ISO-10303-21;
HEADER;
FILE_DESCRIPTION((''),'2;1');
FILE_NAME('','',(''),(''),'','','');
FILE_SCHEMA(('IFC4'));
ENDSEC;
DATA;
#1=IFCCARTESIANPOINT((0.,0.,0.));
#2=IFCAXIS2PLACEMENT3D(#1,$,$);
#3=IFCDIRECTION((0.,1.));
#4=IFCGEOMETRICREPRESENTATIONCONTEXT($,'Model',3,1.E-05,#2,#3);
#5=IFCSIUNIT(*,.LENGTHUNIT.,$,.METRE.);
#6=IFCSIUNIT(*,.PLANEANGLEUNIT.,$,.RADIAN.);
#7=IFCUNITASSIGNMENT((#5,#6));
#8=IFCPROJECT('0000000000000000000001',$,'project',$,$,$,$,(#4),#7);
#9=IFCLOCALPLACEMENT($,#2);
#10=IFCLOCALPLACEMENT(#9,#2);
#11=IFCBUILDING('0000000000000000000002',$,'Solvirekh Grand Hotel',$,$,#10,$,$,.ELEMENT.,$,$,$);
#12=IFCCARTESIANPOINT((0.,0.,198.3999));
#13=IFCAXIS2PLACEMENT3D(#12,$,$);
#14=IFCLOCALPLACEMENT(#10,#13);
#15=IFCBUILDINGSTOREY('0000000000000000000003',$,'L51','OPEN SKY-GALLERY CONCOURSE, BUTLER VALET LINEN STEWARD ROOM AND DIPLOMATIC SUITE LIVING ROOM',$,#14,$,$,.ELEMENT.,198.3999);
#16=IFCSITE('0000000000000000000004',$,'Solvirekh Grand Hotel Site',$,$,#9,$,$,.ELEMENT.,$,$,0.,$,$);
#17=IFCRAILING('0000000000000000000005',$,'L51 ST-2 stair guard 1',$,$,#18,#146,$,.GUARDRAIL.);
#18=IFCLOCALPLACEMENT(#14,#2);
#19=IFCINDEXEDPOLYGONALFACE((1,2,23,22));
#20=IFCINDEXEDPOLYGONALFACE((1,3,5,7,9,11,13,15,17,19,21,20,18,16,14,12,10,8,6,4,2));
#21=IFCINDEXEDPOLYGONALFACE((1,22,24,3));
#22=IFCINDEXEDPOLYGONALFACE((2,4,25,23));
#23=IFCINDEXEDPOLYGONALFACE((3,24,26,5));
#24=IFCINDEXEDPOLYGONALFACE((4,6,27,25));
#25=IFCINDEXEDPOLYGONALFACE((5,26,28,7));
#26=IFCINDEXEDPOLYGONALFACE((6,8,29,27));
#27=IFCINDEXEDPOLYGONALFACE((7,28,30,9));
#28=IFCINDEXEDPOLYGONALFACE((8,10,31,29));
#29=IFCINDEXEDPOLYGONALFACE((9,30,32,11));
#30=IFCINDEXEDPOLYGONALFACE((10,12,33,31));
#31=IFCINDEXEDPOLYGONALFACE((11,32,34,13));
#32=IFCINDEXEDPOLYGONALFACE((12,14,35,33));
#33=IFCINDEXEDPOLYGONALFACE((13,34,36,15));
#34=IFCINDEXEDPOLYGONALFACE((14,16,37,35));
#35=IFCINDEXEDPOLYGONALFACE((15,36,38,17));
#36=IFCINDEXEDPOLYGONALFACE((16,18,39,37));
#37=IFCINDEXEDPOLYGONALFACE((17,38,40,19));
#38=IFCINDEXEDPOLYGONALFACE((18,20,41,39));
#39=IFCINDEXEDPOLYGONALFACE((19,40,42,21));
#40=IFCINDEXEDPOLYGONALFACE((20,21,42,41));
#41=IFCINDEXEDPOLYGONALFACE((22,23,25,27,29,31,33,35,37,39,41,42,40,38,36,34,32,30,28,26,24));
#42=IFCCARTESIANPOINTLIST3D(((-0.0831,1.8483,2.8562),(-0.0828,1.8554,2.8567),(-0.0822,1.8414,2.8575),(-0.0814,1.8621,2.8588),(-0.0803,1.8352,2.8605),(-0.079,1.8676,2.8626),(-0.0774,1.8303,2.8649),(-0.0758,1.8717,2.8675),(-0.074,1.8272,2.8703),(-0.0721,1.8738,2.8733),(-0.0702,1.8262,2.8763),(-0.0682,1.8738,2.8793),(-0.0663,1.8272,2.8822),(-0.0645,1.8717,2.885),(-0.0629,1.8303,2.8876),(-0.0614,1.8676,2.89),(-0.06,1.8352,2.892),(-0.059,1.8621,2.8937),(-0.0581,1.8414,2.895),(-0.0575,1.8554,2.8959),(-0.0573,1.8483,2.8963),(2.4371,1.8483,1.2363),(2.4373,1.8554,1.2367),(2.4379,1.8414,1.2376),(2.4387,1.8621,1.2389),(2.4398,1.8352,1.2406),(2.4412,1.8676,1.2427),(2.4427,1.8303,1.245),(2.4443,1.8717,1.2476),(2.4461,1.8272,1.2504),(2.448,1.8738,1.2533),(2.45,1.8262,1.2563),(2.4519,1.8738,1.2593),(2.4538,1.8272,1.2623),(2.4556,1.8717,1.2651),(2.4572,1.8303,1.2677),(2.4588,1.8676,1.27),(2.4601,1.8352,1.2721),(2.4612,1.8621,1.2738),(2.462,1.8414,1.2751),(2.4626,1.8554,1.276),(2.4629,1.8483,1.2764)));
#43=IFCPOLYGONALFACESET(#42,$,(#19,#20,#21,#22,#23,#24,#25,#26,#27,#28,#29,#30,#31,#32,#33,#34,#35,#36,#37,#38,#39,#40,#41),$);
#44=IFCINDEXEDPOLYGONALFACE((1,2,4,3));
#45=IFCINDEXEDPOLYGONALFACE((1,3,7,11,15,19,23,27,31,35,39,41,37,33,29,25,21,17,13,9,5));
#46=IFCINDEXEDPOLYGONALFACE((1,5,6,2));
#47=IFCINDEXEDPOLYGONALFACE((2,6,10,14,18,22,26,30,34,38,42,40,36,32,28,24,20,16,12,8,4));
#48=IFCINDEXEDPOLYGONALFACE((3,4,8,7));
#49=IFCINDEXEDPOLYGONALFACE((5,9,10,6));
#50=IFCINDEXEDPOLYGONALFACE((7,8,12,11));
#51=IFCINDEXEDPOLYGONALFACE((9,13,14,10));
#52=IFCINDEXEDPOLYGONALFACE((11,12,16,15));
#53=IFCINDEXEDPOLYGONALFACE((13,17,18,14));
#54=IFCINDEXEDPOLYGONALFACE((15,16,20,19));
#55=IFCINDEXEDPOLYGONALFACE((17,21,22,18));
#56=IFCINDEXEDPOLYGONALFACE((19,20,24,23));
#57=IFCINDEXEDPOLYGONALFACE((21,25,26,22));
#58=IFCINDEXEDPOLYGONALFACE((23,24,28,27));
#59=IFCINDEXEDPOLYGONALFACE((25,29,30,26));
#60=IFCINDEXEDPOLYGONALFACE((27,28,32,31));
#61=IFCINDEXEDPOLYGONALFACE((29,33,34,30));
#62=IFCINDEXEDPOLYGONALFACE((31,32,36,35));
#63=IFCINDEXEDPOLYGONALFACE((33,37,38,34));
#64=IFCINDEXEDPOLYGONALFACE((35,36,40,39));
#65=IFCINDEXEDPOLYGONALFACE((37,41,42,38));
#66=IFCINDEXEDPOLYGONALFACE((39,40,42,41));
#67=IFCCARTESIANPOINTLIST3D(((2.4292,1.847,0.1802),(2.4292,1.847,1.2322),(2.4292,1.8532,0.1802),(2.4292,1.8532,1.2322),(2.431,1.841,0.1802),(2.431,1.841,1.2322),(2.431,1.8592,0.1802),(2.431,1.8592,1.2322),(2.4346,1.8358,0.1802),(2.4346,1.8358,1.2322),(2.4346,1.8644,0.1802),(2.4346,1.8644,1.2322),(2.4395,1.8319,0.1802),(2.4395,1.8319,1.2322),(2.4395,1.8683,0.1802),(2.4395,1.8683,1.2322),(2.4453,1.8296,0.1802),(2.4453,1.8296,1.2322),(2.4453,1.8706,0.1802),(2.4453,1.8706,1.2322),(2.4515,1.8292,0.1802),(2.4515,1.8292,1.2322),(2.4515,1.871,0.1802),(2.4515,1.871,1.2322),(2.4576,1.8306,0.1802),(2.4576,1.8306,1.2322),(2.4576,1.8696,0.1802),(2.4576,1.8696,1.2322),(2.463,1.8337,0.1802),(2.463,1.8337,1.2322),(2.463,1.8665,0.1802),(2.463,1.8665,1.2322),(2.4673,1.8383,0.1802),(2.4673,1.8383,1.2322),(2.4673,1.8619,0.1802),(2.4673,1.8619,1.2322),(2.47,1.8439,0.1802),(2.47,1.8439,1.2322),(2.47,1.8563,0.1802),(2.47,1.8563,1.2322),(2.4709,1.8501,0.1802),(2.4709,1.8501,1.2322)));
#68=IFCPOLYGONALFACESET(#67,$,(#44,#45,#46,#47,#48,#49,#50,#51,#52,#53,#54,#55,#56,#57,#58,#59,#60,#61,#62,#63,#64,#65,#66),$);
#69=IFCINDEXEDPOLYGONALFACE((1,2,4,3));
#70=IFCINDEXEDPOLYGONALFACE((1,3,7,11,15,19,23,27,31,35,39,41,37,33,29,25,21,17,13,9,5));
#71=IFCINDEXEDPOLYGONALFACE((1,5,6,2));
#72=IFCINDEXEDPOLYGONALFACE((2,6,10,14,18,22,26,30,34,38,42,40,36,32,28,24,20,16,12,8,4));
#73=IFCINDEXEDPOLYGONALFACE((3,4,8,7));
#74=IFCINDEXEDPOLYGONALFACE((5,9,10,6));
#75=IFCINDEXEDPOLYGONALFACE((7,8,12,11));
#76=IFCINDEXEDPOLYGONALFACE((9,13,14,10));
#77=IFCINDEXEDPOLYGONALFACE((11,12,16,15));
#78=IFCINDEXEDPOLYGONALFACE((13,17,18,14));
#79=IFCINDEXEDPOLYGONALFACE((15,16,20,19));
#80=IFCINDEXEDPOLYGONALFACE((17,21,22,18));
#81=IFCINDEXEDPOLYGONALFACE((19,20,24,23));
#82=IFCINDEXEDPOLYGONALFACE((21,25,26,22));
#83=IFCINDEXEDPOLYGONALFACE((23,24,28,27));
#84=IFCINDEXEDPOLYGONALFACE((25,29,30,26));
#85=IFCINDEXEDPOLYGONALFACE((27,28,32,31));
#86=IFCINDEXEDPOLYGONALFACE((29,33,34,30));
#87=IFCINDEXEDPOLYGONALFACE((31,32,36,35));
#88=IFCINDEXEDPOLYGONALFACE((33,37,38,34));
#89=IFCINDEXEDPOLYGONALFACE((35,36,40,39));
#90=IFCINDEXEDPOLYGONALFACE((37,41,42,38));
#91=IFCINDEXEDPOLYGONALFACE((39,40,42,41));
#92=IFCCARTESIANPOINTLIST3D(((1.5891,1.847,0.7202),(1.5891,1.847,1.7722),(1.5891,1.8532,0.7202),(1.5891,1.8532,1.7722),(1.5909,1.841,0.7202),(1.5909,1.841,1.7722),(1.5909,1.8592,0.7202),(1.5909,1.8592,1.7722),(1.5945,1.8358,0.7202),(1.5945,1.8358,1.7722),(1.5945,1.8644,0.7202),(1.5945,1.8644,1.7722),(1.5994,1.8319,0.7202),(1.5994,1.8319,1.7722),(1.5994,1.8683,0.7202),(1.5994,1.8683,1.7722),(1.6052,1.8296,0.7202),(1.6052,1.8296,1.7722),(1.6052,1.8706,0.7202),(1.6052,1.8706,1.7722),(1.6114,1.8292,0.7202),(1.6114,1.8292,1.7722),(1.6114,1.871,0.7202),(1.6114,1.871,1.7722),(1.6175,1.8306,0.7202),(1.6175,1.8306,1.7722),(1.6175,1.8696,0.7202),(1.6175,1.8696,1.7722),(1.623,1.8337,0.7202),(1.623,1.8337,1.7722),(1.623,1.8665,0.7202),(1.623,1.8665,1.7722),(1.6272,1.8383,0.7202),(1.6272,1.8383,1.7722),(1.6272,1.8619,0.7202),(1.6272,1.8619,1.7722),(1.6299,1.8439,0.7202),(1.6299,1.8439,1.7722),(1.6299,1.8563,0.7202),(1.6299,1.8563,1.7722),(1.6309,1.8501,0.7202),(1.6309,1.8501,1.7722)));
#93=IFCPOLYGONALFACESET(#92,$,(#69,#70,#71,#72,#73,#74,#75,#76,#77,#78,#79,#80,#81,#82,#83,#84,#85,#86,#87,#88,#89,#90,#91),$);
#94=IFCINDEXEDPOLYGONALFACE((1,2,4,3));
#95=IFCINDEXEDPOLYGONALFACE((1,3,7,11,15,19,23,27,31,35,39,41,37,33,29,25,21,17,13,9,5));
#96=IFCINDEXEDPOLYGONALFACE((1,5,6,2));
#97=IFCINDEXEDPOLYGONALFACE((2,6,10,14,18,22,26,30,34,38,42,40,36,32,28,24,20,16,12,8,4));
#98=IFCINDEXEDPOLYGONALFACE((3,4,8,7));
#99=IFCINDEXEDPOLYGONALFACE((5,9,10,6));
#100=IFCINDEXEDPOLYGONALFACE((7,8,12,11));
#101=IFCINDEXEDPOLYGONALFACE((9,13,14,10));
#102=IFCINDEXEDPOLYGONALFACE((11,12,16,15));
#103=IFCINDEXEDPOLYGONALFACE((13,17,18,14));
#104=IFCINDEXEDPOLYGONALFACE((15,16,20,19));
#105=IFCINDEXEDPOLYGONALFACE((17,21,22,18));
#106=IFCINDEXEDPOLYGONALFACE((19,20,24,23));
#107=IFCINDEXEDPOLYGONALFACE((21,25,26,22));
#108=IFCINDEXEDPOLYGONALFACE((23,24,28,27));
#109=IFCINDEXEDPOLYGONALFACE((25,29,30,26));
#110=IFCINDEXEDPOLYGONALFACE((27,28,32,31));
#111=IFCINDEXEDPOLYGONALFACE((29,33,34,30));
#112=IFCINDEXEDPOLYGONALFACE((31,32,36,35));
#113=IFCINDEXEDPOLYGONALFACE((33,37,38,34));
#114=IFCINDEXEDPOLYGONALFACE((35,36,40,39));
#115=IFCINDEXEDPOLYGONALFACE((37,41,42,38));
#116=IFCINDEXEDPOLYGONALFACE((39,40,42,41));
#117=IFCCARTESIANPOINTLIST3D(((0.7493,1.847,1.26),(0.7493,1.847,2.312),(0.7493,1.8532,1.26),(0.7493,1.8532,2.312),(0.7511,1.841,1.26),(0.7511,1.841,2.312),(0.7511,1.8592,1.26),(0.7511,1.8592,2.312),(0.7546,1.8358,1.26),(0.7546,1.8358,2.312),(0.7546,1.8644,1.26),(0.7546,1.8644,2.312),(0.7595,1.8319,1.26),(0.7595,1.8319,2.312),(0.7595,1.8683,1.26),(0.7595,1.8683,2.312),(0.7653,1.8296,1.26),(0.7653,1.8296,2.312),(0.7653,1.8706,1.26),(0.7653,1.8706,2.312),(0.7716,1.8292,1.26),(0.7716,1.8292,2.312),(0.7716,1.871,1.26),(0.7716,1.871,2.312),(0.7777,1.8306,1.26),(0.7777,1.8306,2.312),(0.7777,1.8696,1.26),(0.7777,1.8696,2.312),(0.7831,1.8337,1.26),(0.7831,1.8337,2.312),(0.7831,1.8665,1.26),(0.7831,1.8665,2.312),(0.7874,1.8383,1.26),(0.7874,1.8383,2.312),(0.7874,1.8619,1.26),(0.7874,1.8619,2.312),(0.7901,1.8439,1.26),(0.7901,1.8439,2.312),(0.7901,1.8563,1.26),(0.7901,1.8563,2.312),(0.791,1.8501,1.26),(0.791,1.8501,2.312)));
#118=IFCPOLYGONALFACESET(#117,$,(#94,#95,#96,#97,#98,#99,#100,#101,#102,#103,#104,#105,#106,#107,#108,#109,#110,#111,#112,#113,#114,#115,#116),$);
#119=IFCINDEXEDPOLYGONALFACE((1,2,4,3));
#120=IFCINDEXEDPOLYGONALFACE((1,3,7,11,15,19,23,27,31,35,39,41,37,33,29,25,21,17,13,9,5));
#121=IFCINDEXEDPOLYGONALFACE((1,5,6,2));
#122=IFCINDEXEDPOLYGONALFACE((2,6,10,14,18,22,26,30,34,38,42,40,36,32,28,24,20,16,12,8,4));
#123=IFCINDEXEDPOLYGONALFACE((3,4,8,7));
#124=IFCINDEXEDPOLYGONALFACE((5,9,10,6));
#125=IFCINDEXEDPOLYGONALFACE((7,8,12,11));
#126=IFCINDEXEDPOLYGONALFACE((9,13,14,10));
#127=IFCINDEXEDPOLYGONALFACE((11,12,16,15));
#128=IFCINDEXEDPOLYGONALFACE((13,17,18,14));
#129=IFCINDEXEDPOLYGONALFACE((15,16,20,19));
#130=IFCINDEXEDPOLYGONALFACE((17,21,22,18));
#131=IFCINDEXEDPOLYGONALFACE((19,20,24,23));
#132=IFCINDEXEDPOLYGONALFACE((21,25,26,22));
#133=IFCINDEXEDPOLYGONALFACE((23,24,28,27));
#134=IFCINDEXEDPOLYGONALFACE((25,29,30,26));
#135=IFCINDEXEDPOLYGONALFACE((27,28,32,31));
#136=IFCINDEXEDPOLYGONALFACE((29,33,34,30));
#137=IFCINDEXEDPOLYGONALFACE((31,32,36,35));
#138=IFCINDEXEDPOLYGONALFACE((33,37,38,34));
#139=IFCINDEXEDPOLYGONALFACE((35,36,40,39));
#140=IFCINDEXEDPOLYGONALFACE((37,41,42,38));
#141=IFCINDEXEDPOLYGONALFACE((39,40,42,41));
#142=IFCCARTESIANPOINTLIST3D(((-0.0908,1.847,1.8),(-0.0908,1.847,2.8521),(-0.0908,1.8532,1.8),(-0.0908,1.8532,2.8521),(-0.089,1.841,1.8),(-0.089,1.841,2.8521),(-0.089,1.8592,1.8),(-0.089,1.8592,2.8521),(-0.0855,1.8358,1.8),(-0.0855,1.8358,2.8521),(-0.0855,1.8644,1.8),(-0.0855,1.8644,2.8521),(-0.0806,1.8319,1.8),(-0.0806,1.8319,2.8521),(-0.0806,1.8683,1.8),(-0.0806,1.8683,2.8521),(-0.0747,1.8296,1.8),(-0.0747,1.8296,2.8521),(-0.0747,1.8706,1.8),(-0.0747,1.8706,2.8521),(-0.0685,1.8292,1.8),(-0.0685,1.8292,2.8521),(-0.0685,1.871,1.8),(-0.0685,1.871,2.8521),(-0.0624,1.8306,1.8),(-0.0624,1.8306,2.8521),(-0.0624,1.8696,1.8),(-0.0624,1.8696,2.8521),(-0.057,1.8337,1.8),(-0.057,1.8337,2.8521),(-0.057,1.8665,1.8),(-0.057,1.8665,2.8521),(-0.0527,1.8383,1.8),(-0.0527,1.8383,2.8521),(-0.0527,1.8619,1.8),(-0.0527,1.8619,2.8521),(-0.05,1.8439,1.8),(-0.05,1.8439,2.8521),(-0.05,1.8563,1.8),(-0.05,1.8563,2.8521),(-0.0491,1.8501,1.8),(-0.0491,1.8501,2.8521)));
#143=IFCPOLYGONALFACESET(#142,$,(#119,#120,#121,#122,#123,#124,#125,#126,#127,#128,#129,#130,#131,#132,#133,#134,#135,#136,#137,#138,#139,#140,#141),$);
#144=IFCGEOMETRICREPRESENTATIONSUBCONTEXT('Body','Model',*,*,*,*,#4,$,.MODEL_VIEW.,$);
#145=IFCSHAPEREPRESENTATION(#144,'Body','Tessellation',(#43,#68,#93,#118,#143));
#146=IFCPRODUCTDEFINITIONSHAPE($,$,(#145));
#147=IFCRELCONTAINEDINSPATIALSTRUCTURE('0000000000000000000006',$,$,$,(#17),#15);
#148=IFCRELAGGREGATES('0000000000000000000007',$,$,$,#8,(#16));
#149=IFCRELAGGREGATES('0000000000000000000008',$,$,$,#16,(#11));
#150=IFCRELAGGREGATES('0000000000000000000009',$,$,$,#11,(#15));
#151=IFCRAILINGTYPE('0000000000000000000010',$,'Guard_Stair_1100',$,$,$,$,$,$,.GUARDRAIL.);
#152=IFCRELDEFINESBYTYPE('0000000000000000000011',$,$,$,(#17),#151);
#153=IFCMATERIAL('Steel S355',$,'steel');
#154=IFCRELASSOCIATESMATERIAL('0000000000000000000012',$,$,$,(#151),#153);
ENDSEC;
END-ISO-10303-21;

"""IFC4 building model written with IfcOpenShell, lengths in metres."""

from ifc_helpers import new_model, si_unit, direction, frame, origin, origin_2d, place, context, subcontext, project, spatial, circle, extrude, material, type_object, element, save


model = new_model("IFC4")

# Units and contexts
model_context = context("Model", 3, precision=1e-05, world=origin(), true_north=direction((0.0, 1.0)))
body_context = subcontext(model_context, "Body", "Model", "MODEL_VIEW")
ifc_project = project(units=[si_unit("LENGTHUNIT", "METRE"), si_unit("PLANEANGLEUNIT", "RADIAN")], contexts=[model_context])

# Site, building, storey
site_placement = place(None, origin())
site = spatial("IfcSite", under=ifc_project, at=site_placement, Name="Solvirekh Grand Hotel Site", CompositionType="ELEMENT", RefElevation=0.0)
building_placement = place(site_placement, origin())
building = spatial("IfcBuilding", under=site, at=building_placement, Name="Solvirekh Grand Hotel", CompositionType="ELEMENT")
storey_placement = place(building_placement, frame((0.0, 0.0, 198.3999)))
storey = spatial("IfcBuildingStorey", under=building, at=storey_placement, Name="L51", Description="OPEN SKY-GALLERY CONCOURSE, BUTLER VALET LINEN STEWARD ROOM AND DIPLOMATIC SUITE LIVING ROOM", CompositionType="ELEMENT", Elevation=198.3999)

# Shared definitions
ifc_material_1 = material(Name="Steel S355", Category="steel")

# Railing
railing_type_1 = type_object("IfcRailingType", Name="Guard_Stair_1100", PredefinedType="GUARDRAIL", material=ifc_material_1)
railing_1_placement = place(storey_placement, frame((2.45, 1.8501, 0.1802)))
element("IfcRailing", 1, at=railing_1_placement, inside=storey, type_object=railing_type_1, Name="L51 ST-2 stair guard 1", PredefinedType="GUARDRAIL", context=body_context, shape_type="SweptSolid", body=[
    extrude(circle(Radius=0.0239, at=origin_2d()), frame((0.0, 0.0, 1.0762), z_axis=(-0.8412, 0.0, 0.540725), x_axis=(0.0, -1.0, 0.0)), (0.0, 0.0, 1.0), 2.9958),
    extrude(circle(Radius=0.021, at=origin_2d()), origin(), (0.0, 0.0, 1.0), 1.052),
    extrude(circle(Radius=0.021, at=origin_2d()), frame((-0.8401, 0.0, 0.54)), (0.0, 0.0, 1.0), 1.052),
    extrude(circle(Radius=0.021, at=origin_2d()), frame((-1.6799, 0.0, 1.0798)), (0.0, 0.0, 1.0), 1.052),
    extrude(circle(Radius=0.021, at=origin_2d()), frame((-2.52, 0.0, 1.6199)), (0.0, 0.0, 1.0), 1.052),
])

save(model, "model.ifc")
